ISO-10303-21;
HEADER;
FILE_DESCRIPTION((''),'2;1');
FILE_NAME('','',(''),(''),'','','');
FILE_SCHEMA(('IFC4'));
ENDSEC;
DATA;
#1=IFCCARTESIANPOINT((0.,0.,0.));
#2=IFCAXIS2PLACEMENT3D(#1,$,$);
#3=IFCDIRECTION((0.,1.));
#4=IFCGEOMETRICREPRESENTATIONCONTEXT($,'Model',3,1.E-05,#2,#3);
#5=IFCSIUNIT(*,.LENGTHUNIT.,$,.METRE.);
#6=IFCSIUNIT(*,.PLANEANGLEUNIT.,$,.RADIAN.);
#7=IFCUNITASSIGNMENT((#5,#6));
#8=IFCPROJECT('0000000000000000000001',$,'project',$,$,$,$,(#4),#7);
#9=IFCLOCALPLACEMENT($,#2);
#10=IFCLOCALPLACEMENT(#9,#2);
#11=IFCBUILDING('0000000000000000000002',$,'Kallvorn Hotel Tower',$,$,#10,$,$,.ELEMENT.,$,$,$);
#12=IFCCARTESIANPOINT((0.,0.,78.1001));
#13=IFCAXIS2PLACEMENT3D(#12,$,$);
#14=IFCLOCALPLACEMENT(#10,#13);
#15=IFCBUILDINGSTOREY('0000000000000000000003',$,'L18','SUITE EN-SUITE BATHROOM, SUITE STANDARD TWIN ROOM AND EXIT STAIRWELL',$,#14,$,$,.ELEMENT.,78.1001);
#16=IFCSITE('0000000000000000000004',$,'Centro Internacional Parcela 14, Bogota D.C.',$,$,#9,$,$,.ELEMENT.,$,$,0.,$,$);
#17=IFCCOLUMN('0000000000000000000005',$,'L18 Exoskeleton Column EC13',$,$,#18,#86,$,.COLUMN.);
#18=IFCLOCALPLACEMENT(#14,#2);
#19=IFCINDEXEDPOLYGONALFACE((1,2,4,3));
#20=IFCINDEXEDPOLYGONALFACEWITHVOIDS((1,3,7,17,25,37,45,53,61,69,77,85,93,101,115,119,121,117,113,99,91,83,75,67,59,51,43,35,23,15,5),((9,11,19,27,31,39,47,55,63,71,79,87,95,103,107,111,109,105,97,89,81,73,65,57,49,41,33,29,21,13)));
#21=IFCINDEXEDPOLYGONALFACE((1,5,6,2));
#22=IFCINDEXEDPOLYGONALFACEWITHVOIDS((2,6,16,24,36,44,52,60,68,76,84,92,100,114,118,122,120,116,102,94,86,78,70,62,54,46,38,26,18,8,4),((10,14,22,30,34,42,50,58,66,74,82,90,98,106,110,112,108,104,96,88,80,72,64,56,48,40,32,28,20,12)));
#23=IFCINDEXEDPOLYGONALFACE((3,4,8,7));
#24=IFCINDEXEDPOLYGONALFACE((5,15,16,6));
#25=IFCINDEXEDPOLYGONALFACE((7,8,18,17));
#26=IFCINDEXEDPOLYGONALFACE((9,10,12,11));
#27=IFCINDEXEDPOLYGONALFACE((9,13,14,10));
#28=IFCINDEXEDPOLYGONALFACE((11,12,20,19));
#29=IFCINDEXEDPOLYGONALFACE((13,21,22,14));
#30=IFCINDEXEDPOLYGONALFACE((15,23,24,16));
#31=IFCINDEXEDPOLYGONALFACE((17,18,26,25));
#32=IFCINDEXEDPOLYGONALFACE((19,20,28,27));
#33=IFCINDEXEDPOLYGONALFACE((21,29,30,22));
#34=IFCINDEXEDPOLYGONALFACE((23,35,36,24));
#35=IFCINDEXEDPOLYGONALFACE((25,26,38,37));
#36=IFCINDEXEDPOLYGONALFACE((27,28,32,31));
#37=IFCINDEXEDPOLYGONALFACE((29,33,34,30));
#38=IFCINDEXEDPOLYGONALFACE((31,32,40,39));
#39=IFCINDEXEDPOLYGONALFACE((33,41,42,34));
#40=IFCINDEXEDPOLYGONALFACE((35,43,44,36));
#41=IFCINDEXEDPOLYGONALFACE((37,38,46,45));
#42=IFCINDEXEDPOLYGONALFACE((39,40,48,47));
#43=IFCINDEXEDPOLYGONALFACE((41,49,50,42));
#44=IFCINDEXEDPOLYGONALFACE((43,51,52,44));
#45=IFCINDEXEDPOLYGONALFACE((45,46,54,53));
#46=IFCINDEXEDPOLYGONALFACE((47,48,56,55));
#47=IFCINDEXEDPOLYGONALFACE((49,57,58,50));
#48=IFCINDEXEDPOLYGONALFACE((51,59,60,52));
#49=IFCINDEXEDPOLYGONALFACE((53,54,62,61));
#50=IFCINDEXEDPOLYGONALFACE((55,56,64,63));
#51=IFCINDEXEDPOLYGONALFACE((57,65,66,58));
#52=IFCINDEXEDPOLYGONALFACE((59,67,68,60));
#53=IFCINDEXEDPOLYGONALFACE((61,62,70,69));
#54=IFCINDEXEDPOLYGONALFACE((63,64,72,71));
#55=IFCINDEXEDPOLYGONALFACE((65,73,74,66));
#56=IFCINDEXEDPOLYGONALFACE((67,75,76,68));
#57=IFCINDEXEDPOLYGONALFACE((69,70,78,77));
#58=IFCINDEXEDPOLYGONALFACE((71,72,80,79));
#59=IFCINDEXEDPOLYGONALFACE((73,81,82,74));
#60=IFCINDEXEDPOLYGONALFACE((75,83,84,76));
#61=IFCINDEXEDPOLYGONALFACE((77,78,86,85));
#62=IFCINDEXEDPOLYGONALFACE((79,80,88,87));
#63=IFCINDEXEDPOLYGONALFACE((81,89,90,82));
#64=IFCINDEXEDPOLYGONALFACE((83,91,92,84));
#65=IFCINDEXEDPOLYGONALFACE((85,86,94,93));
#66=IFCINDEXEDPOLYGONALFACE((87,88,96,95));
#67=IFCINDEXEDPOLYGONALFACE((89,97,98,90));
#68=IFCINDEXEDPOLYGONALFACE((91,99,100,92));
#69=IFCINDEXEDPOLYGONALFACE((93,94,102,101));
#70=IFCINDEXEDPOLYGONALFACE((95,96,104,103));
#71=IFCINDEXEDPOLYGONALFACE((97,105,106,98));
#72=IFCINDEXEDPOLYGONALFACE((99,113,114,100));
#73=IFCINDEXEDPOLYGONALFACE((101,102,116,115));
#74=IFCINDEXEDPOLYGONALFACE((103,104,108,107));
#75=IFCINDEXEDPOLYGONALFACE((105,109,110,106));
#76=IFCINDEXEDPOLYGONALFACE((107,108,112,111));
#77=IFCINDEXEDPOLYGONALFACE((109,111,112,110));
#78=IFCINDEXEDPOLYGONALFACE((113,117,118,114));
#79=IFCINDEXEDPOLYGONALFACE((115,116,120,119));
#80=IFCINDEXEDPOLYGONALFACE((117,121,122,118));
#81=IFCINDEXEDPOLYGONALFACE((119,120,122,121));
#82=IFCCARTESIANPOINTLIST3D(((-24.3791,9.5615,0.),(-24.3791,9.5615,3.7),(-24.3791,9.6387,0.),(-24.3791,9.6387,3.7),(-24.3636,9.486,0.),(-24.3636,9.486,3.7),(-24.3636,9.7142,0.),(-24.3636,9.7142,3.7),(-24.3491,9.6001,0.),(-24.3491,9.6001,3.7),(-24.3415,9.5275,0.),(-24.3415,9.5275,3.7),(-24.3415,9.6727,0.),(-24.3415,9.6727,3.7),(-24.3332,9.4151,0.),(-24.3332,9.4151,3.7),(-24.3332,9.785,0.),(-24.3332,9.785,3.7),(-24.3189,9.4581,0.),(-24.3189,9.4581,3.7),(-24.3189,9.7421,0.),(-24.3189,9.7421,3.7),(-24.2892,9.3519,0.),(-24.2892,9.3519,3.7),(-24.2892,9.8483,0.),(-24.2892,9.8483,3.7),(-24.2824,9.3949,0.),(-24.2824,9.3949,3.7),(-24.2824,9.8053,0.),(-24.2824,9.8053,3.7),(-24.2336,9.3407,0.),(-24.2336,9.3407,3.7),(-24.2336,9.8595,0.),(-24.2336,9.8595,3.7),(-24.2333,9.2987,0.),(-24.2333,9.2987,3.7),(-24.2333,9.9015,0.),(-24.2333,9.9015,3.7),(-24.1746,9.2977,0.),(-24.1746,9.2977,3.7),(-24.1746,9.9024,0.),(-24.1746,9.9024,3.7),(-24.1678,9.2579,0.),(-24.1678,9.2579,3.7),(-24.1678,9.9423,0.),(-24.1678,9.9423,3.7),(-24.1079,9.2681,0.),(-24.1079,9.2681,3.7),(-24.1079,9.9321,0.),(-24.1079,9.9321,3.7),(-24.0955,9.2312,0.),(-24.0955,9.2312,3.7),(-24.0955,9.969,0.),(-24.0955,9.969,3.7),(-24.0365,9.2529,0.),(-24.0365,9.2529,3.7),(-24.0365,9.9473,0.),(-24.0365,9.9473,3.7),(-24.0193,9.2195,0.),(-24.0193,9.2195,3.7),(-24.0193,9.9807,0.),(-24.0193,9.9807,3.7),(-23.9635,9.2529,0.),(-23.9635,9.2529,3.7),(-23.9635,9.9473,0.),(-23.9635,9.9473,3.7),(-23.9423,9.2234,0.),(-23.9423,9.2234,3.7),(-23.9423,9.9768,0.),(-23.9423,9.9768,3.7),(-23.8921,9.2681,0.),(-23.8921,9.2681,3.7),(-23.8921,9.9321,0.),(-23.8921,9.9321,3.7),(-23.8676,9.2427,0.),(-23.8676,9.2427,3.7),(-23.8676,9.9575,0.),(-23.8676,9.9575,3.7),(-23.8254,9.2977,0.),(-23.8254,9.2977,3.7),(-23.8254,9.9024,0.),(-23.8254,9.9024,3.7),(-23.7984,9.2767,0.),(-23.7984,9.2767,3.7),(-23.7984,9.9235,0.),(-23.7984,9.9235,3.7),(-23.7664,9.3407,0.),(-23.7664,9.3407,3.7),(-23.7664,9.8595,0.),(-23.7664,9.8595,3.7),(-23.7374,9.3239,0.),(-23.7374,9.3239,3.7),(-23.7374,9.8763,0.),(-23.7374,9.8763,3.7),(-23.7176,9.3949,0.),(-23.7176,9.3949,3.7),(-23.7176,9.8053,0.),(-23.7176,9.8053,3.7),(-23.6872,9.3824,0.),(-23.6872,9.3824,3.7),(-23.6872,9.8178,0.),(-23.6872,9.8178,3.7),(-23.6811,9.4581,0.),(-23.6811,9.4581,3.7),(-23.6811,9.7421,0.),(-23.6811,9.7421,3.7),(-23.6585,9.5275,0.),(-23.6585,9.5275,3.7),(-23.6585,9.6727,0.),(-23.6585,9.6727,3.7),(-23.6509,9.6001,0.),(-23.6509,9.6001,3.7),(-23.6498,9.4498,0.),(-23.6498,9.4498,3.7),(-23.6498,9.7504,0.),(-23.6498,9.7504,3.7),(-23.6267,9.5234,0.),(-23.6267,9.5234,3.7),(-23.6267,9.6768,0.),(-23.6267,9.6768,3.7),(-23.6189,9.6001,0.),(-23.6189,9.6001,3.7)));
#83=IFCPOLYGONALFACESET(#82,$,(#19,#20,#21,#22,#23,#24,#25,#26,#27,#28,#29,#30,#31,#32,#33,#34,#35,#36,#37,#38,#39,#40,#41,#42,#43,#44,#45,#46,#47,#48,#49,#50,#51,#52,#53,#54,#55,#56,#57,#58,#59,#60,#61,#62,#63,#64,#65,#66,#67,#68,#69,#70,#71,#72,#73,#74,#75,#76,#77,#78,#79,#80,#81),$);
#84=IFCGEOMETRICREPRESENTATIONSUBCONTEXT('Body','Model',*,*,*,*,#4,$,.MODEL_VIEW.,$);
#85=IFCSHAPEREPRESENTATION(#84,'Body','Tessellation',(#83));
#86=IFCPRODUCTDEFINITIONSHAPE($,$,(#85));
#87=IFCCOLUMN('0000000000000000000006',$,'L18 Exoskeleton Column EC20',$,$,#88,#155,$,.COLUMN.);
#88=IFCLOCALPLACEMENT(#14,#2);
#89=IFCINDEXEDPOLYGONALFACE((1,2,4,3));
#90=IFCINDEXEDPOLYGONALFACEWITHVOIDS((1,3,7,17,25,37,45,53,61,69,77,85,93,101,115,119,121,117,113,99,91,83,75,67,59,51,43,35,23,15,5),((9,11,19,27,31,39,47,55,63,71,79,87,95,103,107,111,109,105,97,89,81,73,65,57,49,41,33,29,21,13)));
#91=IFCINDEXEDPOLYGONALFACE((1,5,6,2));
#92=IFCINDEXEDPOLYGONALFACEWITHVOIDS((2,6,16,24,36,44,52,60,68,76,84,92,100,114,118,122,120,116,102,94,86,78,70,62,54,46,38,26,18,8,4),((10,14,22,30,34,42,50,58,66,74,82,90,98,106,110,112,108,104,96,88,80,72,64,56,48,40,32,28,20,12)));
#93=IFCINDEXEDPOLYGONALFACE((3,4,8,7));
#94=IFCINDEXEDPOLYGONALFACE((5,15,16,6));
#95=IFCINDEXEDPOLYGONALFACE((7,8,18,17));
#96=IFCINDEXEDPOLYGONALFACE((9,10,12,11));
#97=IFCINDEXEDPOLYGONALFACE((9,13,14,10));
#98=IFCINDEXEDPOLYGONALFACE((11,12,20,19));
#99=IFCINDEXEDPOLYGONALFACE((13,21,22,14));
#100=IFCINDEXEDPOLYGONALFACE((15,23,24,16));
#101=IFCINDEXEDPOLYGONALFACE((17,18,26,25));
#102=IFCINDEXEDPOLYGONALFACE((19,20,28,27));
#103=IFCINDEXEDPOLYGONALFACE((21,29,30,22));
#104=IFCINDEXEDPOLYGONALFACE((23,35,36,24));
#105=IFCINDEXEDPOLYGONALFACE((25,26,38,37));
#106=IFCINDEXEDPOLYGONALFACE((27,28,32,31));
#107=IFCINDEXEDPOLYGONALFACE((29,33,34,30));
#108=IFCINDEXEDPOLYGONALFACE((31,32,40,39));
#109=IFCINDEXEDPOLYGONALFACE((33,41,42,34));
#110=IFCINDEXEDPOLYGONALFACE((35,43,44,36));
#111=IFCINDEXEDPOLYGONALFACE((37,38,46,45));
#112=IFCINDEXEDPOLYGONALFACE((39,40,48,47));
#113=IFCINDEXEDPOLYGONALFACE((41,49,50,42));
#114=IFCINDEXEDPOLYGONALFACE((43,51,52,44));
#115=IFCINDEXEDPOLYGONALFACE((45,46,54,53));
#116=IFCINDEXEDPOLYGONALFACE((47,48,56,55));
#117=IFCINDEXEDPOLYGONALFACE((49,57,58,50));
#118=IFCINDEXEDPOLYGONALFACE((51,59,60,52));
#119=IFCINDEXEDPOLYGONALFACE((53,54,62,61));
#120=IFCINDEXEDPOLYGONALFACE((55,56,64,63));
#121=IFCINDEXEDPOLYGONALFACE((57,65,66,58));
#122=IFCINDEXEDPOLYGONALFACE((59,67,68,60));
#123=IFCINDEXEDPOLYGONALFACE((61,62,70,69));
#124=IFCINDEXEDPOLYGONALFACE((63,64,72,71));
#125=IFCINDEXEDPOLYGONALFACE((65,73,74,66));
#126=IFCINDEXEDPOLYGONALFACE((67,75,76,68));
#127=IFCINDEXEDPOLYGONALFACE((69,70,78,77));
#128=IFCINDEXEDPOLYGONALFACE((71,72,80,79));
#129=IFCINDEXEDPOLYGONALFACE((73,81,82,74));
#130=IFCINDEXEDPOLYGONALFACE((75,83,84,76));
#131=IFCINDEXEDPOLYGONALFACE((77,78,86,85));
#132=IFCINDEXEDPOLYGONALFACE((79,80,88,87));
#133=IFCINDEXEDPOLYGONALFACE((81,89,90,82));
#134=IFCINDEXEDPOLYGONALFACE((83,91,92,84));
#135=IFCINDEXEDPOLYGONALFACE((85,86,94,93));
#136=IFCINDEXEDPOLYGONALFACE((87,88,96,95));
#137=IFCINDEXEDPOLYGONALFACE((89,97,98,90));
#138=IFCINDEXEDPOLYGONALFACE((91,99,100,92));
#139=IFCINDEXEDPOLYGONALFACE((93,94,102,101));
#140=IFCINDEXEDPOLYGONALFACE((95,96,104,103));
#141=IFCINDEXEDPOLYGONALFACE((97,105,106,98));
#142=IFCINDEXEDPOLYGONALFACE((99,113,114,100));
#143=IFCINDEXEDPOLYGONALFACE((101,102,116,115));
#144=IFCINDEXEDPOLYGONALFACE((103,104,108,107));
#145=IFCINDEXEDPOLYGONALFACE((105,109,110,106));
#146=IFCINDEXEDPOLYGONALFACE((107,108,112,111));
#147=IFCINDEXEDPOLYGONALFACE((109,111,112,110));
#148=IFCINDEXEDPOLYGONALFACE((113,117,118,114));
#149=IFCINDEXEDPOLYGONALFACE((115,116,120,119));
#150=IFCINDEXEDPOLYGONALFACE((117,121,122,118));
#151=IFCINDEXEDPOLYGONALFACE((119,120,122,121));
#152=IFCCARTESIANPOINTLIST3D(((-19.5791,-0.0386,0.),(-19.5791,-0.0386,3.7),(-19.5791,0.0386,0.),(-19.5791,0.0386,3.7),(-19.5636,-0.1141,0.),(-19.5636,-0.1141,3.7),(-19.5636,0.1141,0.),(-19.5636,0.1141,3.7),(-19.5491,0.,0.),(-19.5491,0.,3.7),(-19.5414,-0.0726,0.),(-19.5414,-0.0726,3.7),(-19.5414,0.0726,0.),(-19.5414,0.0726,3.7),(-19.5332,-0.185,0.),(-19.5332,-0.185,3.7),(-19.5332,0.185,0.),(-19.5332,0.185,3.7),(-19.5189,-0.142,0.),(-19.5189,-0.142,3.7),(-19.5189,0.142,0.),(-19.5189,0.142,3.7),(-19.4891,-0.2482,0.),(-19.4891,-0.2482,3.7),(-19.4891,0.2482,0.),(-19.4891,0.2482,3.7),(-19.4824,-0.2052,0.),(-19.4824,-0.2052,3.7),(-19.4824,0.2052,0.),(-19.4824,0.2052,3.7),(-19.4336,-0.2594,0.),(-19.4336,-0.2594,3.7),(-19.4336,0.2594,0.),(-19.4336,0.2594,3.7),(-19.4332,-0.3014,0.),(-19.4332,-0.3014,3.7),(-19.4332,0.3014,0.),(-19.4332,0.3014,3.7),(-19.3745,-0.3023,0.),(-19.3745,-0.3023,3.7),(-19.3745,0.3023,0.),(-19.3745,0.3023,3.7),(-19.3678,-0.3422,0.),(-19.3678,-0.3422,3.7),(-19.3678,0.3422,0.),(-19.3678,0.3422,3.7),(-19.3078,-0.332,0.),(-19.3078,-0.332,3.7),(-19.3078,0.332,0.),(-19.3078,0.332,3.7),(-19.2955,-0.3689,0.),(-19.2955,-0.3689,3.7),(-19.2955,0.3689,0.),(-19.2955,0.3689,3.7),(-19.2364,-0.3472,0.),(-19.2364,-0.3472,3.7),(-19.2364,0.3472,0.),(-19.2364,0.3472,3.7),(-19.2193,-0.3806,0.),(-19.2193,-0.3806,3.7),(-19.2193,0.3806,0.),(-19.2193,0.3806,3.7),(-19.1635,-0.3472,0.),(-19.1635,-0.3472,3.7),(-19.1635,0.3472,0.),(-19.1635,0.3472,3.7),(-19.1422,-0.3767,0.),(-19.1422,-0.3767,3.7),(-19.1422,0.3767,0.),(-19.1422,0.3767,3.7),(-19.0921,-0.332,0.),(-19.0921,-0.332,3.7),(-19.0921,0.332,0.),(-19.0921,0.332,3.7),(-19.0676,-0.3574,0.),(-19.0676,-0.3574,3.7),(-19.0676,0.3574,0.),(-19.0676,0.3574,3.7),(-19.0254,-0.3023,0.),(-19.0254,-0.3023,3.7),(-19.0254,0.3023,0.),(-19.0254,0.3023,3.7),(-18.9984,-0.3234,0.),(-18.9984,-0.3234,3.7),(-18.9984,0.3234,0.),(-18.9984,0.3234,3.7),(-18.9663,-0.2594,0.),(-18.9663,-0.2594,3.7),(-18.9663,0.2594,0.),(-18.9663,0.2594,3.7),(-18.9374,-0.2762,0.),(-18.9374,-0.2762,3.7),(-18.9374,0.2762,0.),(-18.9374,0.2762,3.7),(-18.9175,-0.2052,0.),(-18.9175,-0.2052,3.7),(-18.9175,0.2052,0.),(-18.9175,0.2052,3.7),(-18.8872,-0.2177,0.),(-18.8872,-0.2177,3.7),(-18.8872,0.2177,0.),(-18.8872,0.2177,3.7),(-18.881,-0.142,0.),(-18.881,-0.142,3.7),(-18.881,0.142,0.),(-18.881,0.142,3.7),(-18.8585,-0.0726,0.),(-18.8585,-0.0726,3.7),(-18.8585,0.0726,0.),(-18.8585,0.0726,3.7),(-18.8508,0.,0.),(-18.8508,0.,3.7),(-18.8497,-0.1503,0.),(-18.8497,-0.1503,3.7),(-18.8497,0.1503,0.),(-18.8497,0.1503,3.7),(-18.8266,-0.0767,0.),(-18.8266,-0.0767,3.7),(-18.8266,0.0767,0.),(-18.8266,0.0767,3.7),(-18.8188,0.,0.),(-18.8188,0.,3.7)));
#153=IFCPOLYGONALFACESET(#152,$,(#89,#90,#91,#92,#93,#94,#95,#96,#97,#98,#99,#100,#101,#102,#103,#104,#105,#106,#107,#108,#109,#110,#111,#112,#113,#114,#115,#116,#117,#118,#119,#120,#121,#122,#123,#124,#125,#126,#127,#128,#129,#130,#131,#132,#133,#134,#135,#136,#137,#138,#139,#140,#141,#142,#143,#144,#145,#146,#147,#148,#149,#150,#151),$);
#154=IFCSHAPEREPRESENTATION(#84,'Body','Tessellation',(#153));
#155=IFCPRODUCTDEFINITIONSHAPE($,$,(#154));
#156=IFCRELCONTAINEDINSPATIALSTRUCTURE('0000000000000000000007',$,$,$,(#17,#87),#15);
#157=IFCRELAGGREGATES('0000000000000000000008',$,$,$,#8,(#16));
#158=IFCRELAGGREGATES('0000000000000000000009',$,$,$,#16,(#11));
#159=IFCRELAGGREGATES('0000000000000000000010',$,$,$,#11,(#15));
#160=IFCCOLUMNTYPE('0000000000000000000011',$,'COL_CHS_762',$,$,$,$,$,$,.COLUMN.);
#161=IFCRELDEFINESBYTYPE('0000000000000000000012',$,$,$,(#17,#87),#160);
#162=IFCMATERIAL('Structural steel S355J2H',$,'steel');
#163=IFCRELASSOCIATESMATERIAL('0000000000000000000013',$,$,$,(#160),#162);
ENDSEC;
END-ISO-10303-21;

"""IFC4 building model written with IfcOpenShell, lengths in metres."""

from ifc_helpers import new_model, si_unit, direction, frame, origin, origin_2d, place, context, subcontext, project, spatial, hollow_circle, extrude, material, material_profile, profile_set, type_object, element, save


model = new_model("IFC4")

# Units and contexts
model_context = context("Model", 3, precision=1e-05, world=origin(), true_north=direction((0.0, 1.0)))
body_context = subcontext(model_context, "Body", "Model", "MODEL_VIEW")
ifc_project = project(units=[si_unit("LENGTHUNIT", "METRE"), si_unit("PLANEANGLEUNIT", "RADIAN")], contexts=[model_context])

# Site, building, storey
site_placement = place(None, origin())
site = spatial("IfcSite", under=ifc_project, at=site_placement, Name="Centro Internacional Parcela 14, Bogota D.C.", CompositionType="ELEMENT", RefElevation=0.0)
building_placement = place(site_placement, origin())
building = spatial("IfcBuilding", under=site, at=building_placement, Name="Kallvorn Hotel Tower", CompositionType="ELEMENT")
storey_placement = place(building_placement, frame((0.0, 0.0, 78.1001)))
storey = spatial("IfcBuildingStorey", under=building, at=storey_placement, Name="L18", Description="SUITE EN-SUITE BATHROOM, SUITE STANDARD TWIN ROOM AND EXIT STAIRWELL", CompositionType="ELEMENT", Elevation=78.1001)

# Columns
ifc_material_1 = material(Name="Structural steel S355J2H", Category="steel")
ifc_material_profile_1 = material_profile(ifc_material_1, hollow_circle(Radius=0.3811, WallThickness=0.032, at=origin_2d()), Name="CHS 762x32")
ifc_profile_set_1 = profile_set([ifc_material_profile_1], Name="Structural steel S355J2H")
column_type_1 = type_object("IfcColumnType", Name="COL_CHS_762", PredefinedType="COLUMN", material=ifc_profile_set_1)
for number, where, z_axis, x_axis, name in (
    (1, (-24.0, 9.6001, 0.0), (0.0, 0.0, 1.0), (1.0, 0.0, 0.0), "L18 Exoskeleton Column EC13"),
    (2, (-19.2, 0.0, 0.0), (0.0, 0.0, 1.0), (1.0, 0.0, 0.0), "L18 Exoskeleton Column EC20"),
):
    element("IfcColumn", number, at=place(storey_placement, frame(where, z_axis=z_axis, x_axis=x_axis)), inside=storey, type_object=column_type_1, Name=name, PredefinedType="COLUMN", context=body_context, shape_type="SweptSolid", body=[
        extrude(hollow_circle(Radius=0.3811, WallThickness=0.032, at=origin_2d()), origin(), (0.0, 0.0, 1.0), 3.7),
    ])

save(model, "model.ifc")
